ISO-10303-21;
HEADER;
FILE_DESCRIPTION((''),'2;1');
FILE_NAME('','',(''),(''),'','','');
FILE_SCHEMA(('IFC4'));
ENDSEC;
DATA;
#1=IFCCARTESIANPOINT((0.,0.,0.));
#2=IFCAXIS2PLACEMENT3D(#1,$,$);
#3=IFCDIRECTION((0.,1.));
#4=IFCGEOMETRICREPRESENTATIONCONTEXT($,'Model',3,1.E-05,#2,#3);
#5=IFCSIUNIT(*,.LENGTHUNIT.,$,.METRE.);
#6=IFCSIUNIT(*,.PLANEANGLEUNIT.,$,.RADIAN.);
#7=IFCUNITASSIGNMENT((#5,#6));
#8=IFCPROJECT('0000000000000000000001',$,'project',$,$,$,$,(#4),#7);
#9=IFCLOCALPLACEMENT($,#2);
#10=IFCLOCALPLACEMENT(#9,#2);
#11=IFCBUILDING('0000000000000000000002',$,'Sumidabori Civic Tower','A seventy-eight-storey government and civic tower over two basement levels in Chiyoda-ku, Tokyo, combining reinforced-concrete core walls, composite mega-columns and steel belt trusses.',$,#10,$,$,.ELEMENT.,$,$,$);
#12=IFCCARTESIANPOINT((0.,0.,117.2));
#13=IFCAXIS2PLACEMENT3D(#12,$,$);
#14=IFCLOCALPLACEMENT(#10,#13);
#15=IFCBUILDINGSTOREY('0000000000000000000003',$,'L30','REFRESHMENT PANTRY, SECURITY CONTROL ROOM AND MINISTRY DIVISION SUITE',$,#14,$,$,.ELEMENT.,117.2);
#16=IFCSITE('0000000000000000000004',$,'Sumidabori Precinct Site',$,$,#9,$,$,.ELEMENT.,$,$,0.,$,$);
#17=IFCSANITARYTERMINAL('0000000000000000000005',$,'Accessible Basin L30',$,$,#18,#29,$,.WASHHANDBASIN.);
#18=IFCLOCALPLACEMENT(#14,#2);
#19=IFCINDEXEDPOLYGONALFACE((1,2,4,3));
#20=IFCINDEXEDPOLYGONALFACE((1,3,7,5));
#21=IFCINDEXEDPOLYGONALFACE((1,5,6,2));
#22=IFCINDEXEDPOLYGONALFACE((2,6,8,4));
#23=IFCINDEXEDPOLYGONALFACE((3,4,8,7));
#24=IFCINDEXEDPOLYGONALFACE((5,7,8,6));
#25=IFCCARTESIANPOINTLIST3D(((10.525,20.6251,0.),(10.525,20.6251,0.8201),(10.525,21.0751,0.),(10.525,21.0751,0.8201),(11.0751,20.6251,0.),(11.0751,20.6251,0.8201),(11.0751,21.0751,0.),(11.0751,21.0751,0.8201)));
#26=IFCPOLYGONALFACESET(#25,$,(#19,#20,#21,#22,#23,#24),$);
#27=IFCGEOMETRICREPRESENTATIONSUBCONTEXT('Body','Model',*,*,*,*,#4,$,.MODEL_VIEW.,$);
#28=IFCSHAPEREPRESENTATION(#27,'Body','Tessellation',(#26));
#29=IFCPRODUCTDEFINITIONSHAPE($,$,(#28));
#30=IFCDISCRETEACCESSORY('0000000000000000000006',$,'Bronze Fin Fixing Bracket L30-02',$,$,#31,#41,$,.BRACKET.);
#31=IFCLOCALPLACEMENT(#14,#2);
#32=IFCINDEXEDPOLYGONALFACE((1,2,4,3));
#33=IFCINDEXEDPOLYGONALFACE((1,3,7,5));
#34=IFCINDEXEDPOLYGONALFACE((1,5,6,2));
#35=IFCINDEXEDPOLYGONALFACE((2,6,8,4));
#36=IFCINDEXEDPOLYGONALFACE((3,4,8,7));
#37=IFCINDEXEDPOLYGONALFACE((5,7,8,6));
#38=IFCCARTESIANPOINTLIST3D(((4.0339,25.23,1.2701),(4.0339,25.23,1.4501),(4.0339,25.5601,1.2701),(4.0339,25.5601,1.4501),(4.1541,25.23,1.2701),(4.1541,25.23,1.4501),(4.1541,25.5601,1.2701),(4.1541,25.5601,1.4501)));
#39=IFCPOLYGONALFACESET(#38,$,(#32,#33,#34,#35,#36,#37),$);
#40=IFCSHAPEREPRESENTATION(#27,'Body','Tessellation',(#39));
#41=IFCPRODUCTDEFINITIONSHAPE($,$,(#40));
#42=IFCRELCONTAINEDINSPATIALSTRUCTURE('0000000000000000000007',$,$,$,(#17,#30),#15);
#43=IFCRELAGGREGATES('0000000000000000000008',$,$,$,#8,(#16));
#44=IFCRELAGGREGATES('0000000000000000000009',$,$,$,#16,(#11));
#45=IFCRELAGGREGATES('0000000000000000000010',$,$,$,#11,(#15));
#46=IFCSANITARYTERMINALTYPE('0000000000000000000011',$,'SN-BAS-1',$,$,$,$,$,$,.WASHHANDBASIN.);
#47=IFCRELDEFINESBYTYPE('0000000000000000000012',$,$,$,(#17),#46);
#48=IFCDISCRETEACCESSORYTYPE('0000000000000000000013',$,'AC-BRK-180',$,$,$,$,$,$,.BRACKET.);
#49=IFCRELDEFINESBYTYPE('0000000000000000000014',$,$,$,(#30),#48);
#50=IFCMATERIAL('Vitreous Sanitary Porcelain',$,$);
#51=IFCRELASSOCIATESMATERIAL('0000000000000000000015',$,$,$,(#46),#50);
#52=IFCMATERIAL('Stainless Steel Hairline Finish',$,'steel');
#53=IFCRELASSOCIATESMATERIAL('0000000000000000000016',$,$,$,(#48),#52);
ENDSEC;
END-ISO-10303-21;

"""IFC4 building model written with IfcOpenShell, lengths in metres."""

from ifc_helpers import new_model, si_unit, direction, frame, origin, origin_2d, place, context, subcontext, project, spatial, rectangle, extrude, source, transform, mapped, material, material_profile, profile_set, type_object, element, save


model = new_model("IFC4")

# Units and contexts
model_context = context("Model", 3, precision=1e-05, world=origin(), true_north=direction((0.0, 1.0)))
body_context = subcontext(model_context, "Body", "Model", "MODEL_VIEW")
ifc_project = project(units=[si_unit("LENGTHUNIT", "METRE"), si_unit("PLANEANGLEUNIT", "RADIAN")], contexts=[model_context])

# Site, building, storey
site_placement = place(None, origin())
site = spatial("IfcSite", under=ifc_project, at=site_placement, Name="Sumidabori Precinct Site", CompositionType="ELEMENT", RefElevation=0.0)
building_placement = place(site_placement, origin())
building = spatial("IfcBuilding", under=site, at=building_placement, Name="Sumidabori Civic Tower", Description="A seventy-eight-storey government and civic tower over two basement levels in Chiyoda-ku, Tokyo, combining reinforced-concrete core walls, composite mega-columns and steel belt trusses.", CompositionType="ELEMENT")
storey_placement = place(building_placement, frame((0.0, 0.0, 117.2)))
storey = spatial("IfcBuildingStorey", under=building, at=storey_placement, Name="L30", Description="REFRESHMENT PANTRY, SECURITY CONTROL ROOM AND MINISTRY DIVISION SUITE", CompositionType="ELEMENT", Elevation=117.2)

# Shared definitions
ifc_material_1 = material(Name="Stainless Steel Hairline Finish", Category="steel")

# Sanitary terminal
ifc_material_2 = material(Name="Vitreous Sanitary Porcelain")
sanitary_terminal_type_1 = type_object("IfcSanitaryTerminalType", Name="SN-BAS-1", PredefinedType="WASHHANDBASIN", material=ifc_material_2)
shared_shape_1 = source(origin(), body_context, "Body", "SweptSolid", [
    extrude(rectangle(XDim=0.55, YDim=0.45, at=origin_2d()), origin(), (0.0, 0.0, 1.0), 0.8201),
])
sanitary_terminal_1_placement = place(storey_placement, frame((10.8, 20.8501, 0.0), z_axis=(0.0, 0.0, 1.0), x_axis=(1.0, 0.0, 0.0)))
element("IfcSanitaryTerminal", 1, at=sanitary_terminal_1_placement, inside=storey, type_object=sanitary_terminal_type_1, Name="Accessible Basin L30", PredefinedType="WASHHANDBASIN", context=body_context, shape_type="MappedRepresentation", body=[
    mapped(shared_shape_1, transform((0.0, 0.0, 0.0), x_axis=(1.0, 0.0, 0.0), y_axis=(0.0, 1.0, 0.0), z_axis=(0.0, 0.0, 1.0), scale=1.0)),
])

# Discrete accessory
ifc_material_profile_1 = material_profile(ifc_material_1, rectangle(XDim=0.1201, YDim=0.1799, at=origin_2d()), Name="STEEL BRACKET 180x120")
ifc_profile_set_1 = profile_set([ifc_material_profile_1], Name="Stainless Steel Hairline Finish")
discrete_accessory_type = type_object("IfcDiscreteAccessoryType", Name="AC-BRK-180", PredefinedType="BRACKET", material=ifc_profile_set_1)
shared_shape_2 = source(origin(), body_context, "Body", "SweptSolid", [
    extrude(rectangle(XDim=0.1201, YDim=0.1799, at=origin_2d()), origin(), (0.0, 0.0, 1.0), 0.3301),
])
discrete_accessory_placement = place(storey_placement, frame((4.094, 25.23, 1.3601), z_axis=(0.0, 1.0, 0.0), x_axis=(-1.0, 0.0, 0.0)))
element("IfcDiscreteAccessory", 2, at=discrete_accessory_placement, inside=storey, type_object=discrete_accessory_type, Name="Bronze Fin Fixing Bracket L30-02", PredefinedType="BRACKET", context=body_context, shape_type="MappedRepresentation", body=[
    mapped(shared_shape_2, transform((0.0, 0.0, 0.0), x_axis=(1.0, 0.0, 0.0), y_axis=(0.0, 1.0, 0.0), z_axis=(0.0, 0.0, 1.0), scale=1.0)),
])

save(model, "model.ifc")
